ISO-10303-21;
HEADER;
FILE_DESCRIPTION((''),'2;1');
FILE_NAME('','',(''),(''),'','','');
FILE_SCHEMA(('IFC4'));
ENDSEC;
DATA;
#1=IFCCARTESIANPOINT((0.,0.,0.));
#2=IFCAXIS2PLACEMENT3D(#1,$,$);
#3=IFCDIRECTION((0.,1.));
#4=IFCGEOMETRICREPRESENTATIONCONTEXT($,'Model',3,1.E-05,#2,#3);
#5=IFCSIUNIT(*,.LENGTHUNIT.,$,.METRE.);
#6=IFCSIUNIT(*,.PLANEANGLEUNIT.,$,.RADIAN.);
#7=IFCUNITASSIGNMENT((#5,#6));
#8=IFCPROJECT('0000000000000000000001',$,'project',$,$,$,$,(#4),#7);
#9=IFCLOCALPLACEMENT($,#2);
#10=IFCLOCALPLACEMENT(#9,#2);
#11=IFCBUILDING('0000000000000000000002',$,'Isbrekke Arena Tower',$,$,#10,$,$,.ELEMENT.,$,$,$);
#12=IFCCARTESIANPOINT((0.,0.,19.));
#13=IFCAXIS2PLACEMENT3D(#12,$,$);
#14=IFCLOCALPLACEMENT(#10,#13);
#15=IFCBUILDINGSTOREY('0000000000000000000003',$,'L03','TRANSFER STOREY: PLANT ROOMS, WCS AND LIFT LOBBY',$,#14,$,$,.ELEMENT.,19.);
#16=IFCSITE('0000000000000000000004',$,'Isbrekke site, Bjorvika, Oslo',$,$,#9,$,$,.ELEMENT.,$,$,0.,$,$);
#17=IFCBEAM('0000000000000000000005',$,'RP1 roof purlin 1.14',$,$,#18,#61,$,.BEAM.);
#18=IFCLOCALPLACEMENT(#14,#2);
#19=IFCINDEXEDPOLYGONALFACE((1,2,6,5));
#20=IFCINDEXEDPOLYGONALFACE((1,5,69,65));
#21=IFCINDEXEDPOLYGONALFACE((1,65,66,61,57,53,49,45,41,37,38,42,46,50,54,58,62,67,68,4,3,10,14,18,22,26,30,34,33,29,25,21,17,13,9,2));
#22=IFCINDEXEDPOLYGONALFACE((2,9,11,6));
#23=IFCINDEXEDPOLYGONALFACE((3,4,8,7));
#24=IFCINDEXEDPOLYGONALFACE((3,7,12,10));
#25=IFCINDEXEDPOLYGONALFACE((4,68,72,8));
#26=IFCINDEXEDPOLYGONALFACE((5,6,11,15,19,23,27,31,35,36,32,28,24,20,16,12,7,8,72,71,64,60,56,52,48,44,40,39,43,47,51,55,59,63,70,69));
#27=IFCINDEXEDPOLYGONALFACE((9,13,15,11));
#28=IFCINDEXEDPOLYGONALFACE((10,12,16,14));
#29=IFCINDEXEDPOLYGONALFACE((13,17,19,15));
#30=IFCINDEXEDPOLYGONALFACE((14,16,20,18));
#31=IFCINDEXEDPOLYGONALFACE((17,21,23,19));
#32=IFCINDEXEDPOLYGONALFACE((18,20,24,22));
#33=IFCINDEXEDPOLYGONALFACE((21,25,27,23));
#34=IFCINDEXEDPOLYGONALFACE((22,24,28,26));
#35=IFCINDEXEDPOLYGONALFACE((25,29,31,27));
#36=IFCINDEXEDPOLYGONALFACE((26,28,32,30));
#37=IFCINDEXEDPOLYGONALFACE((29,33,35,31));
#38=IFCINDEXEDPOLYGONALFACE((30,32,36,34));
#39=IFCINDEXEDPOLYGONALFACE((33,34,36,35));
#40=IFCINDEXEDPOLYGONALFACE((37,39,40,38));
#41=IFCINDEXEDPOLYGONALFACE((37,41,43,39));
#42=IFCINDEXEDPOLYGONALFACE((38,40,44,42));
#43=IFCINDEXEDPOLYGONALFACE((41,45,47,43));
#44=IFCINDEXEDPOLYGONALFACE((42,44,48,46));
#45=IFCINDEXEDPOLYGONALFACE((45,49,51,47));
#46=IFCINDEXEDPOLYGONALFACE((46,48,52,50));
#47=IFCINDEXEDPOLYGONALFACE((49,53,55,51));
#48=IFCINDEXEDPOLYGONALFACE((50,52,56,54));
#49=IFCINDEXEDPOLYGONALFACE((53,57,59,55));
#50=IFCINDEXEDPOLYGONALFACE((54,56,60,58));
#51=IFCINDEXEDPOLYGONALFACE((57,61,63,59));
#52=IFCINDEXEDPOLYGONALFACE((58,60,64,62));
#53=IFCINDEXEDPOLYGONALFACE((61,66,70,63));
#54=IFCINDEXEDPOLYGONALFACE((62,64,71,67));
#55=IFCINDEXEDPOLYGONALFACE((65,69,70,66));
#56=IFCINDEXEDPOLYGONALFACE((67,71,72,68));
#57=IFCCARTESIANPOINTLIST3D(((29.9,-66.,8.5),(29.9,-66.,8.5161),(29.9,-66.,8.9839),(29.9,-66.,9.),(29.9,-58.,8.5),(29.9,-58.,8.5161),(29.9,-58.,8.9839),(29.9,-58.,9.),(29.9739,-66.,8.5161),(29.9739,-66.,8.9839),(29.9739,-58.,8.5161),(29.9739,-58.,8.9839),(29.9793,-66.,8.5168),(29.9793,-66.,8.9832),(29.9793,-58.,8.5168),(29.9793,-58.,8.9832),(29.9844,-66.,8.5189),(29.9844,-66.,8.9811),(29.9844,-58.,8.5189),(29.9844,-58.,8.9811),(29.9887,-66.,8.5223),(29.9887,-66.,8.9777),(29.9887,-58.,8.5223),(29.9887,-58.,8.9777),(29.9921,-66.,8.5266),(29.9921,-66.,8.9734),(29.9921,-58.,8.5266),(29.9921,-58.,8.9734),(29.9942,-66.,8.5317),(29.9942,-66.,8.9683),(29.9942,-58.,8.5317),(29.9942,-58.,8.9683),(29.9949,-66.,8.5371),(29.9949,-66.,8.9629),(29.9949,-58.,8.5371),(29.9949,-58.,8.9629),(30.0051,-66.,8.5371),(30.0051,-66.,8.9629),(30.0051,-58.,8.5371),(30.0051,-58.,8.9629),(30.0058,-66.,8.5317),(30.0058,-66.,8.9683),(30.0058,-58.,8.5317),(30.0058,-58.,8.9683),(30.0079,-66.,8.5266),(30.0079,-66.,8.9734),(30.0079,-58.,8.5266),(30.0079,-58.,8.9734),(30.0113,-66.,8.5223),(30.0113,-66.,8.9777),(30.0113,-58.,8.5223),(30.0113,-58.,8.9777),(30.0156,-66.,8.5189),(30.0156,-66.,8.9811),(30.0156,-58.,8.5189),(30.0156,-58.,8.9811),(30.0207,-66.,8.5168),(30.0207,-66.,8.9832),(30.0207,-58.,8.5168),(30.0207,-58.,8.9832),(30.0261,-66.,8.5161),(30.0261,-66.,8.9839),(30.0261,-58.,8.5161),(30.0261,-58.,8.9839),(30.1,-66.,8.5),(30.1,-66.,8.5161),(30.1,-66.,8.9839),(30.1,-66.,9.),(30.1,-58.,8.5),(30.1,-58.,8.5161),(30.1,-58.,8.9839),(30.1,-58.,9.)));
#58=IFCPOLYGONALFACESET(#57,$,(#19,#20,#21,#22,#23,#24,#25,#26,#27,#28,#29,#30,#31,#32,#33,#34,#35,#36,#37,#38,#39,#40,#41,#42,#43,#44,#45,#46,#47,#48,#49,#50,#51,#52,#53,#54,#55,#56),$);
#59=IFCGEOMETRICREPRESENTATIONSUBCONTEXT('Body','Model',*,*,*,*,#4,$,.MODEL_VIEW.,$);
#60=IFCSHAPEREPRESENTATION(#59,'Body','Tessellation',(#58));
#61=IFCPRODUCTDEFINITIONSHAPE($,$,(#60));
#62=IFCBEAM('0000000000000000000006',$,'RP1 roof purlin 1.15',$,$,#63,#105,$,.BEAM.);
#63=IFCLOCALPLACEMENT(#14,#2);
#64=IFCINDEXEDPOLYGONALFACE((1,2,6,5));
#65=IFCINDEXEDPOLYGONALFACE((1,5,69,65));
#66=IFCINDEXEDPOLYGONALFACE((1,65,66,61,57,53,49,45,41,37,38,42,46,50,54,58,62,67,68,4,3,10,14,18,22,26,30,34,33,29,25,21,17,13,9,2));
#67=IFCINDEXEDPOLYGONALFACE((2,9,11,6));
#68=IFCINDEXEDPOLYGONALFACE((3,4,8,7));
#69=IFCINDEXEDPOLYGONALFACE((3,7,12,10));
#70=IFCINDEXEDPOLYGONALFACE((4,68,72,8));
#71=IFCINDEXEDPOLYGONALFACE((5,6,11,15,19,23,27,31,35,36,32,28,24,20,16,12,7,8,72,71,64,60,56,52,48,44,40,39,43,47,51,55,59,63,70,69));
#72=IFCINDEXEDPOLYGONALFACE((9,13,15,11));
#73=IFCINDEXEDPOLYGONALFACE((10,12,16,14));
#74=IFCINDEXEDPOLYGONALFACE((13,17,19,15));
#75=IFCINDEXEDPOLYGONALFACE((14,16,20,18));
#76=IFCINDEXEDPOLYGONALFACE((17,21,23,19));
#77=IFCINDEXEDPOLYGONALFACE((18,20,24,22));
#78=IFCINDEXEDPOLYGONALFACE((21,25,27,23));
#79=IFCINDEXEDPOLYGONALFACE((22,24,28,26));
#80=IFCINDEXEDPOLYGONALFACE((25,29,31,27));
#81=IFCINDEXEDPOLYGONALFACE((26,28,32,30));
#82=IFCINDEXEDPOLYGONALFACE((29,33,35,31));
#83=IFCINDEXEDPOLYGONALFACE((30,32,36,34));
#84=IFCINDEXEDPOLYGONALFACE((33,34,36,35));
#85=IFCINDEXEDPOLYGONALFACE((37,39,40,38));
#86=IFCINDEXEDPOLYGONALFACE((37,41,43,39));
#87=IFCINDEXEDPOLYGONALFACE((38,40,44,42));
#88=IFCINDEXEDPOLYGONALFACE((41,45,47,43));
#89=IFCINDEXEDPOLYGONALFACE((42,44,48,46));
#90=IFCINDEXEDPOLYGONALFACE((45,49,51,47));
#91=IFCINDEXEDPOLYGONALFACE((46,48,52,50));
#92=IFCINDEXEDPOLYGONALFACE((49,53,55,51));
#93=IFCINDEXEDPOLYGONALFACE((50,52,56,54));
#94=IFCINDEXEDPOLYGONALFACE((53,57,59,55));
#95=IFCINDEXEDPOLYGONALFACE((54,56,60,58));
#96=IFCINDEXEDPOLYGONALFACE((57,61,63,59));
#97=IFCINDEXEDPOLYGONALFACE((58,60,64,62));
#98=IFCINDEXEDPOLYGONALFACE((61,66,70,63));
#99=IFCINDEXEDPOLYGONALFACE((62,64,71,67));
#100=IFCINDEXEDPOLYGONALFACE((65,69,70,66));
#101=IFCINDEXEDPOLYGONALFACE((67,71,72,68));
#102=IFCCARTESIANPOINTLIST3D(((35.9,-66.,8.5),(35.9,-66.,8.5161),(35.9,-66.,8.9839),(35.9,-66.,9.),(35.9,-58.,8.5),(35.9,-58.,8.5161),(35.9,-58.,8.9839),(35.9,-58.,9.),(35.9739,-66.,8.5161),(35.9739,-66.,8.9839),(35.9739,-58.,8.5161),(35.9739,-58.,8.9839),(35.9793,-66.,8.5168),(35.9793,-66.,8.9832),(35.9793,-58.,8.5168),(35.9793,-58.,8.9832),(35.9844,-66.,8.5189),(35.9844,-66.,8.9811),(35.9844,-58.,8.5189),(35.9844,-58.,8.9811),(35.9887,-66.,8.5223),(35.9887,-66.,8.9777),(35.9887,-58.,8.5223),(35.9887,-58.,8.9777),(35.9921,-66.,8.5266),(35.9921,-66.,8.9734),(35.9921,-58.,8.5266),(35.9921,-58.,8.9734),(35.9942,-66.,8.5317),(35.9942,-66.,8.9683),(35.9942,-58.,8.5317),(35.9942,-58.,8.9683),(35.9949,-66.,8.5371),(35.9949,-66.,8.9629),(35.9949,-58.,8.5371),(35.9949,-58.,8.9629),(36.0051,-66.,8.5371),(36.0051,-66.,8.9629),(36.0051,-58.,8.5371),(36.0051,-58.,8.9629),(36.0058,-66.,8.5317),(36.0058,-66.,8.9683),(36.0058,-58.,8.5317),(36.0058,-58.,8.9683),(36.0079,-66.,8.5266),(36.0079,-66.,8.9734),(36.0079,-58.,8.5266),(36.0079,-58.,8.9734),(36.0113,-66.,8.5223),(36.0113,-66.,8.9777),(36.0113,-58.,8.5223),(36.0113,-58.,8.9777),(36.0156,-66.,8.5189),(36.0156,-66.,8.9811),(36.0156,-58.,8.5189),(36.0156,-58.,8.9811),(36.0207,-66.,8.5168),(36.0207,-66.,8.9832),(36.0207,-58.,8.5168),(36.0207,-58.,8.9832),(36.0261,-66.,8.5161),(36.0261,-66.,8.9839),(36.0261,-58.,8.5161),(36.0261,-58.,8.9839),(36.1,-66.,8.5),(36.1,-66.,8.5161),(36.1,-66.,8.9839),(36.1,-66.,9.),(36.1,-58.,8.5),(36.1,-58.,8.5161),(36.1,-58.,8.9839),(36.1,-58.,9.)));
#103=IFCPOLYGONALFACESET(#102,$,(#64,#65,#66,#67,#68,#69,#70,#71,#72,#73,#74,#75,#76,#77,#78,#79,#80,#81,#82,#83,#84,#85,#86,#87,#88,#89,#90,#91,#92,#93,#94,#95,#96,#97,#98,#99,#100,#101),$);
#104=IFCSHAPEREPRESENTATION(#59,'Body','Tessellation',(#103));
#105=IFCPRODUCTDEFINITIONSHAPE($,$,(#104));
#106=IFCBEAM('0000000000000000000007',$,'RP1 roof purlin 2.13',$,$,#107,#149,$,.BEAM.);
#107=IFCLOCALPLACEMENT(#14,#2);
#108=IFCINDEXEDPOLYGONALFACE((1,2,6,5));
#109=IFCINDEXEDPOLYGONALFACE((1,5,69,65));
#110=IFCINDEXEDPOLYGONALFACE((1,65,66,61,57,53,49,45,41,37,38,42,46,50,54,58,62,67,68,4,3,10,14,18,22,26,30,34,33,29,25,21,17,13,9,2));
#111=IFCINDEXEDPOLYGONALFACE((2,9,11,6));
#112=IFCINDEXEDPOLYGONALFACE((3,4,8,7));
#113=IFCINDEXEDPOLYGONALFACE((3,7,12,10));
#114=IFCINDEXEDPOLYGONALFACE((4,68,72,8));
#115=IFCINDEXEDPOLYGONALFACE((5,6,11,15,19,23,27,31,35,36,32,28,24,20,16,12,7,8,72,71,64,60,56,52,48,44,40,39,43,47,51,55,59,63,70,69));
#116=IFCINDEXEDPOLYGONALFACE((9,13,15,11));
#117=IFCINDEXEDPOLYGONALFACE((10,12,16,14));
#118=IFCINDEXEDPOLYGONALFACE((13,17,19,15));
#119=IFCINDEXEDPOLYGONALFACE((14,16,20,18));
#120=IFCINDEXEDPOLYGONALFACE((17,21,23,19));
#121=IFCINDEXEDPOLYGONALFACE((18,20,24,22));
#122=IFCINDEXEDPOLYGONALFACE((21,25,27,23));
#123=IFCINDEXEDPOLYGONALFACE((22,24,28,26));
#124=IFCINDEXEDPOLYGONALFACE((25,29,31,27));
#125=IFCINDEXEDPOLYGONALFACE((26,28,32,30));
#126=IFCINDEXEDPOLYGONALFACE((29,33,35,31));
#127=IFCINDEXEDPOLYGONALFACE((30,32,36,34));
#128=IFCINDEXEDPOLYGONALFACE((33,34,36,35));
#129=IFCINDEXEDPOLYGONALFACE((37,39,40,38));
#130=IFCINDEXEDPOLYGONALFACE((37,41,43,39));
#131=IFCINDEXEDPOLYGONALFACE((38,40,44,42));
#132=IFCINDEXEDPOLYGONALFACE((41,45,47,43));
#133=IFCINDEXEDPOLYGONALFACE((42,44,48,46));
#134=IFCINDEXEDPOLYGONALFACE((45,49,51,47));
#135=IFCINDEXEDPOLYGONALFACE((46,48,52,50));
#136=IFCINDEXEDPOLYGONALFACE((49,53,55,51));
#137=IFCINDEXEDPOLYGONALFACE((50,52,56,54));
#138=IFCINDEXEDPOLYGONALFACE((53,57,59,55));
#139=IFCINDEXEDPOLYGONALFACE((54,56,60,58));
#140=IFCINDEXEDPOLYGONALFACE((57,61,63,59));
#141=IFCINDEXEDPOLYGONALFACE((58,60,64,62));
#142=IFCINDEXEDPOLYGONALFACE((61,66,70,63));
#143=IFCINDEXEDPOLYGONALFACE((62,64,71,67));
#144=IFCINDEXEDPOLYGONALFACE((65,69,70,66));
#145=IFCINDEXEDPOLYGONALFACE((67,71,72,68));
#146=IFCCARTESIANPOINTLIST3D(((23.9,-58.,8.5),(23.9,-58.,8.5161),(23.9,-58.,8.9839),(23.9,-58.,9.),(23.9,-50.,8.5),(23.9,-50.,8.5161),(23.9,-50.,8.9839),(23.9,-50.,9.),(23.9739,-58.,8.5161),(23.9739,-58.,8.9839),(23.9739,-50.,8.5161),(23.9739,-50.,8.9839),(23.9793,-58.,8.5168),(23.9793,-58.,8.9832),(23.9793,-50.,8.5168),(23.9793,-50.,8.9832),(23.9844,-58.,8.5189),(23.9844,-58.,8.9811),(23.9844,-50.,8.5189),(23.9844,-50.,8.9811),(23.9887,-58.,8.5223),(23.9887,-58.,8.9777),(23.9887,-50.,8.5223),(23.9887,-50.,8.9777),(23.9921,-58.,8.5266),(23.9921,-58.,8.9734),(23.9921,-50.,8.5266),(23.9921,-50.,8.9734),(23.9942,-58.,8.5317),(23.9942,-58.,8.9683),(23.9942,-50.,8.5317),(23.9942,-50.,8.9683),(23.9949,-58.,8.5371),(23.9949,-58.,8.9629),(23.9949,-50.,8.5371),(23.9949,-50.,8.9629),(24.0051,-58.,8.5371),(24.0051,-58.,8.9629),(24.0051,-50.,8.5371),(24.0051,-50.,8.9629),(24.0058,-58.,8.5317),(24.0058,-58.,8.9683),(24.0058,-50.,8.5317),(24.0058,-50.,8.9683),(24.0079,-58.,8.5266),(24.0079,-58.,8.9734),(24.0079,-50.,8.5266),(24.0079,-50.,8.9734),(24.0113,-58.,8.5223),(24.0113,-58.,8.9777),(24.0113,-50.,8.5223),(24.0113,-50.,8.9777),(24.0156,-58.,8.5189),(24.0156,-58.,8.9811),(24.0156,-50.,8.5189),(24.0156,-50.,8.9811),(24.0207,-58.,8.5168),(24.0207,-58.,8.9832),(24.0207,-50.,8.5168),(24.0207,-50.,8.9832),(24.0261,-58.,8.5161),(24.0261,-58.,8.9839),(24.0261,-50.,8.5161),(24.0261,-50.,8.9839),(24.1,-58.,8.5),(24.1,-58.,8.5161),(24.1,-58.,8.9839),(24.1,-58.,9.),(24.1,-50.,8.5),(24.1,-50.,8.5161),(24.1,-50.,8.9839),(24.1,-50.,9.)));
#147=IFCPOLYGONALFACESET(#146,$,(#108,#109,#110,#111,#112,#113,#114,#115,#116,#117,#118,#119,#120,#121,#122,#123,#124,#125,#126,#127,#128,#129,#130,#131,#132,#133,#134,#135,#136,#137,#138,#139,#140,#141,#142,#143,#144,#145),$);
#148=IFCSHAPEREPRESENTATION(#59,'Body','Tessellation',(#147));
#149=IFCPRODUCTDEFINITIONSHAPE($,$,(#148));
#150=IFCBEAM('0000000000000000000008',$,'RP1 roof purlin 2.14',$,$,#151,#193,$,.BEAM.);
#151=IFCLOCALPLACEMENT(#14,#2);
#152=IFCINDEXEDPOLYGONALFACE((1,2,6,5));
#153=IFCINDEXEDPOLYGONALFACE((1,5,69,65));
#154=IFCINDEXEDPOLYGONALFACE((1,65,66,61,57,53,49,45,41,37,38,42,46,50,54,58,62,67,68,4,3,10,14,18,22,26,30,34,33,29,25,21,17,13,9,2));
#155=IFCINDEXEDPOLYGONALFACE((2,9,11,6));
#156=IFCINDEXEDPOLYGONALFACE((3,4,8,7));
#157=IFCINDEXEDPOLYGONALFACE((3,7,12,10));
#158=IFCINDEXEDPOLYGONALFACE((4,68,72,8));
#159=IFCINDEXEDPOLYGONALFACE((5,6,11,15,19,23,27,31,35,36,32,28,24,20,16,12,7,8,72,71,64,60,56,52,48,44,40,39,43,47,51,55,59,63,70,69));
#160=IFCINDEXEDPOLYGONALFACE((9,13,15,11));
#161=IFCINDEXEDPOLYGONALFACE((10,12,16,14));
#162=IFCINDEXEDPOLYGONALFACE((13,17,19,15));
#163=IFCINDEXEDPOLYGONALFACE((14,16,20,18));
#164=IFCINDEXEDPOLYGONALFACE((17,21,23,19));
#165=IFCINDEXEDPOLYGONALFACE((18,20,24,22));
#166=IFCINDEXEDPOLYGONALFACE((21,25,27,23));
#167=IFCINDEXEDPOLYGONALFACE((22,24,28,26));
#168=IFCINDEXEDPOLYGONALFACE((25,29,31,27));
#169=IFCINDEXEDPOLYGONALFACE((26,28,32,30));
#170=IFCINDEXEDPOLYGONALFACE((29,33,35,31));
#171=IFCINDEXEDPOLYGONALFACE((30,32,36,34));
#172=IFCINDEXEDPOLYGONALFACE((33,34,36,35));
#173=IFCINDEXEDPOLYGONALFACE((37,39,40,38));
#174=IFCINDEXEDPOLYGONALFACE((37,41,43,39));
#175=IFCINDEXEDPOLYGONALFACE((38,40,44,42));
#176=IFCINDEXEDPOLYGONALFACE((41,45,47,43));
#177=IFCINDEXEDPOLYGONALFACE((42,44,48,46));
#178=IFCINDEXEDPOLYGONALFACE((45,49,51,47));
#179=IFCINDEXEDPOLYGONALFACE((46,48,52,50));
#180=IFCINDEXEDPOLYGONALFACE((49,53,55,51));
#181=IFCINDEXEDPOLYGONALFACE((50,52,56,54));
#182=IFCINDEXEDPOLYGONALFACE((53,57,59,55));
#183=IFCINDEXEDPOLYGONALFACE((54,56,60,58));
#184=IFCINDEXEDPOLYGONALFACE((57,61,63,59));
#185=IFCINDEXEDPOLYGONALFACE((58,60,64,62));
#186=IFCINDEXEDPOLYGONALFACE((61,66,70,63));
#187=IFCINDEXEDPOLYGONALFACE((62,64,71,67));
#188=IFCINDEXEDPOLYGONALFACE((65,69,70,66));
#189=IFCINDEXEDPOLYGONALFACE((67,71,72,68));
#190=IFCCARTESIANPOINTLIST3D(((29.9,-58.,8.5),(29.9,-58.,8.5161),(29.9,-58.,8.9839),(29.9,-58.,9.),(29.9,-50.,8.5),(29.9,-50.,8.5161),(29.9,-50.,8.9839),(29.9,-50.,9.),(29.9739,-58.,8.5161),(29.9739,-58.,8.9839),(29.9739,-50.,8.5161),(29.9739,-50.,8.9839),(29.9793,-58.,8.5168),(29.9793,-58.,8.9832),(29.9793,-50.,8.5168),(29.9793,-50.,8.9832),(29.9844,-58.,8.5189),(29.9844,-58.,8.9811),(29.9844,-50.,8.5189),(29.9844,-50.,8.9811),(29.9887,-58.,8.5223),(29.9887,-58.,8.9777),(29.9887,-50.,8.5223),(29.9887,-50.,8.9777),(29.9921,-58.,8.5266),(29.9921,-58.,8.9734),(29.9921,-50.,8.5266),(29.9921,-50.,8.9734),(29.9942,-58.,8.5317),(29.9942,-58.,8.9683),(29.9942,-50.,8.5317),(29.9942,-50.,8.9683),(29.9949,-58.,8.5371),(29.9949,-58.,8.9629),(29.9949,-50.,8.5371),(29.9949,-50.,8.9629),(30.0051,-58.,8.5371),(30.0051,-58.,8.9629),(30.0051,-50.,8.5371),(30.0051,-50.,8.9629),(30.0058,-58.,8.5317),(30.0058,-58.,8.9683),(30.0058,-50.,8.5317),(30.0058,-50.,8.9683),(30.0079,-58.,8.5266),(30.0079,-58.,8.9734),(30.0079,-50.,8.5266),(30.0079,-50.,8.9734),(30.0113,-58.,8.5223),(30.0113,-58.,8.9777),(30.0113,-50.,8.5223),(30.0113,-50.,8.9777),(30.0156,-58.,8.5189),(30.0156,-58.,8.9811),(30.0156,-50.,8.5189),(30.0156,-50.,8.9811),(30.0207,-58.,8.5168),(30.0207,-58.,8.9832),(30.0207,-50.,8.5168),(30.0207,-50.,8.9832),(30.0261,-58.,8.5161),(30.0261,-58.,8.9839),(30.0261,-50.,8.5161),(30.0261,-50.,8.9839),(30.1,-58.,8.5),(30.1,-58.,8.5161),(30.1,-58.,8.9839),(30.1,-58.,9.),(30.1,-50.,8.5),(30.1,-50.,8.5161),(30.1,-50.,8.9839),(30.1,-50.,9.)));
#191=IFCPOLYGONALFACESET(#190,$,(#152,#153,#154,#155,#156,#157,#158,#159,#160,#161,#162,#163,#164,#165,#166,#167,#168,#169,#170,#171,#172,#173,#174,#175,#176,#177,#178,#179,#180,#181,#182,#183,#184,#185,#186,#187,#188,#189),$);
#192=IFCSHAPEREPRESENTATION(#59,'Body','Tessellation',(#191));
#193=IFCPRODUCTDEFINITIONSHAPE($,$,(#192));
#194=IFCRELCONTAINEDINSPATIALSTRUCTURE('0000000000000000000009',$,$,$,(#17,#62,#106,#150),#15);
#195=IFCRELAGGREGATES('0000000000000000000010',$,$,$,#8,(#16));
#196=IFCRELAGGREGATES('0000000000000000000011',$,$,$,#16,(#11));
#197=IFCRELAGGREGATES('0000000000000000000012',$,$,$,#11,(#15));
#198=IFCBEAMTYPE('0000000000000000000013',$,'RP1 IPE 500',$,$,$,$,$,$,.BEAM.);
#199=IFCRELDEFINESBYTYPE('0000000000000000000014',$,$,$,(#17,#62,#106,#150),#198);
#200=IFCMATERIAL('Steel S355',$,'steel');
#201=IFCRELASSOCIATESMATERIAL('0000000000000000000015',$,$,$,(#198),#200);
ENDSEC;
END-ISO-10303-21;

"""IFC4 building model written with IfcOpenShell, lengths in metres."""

from ifc_helpers import new_model, si_unit, direction, frame, origin, origin_2d, place, context, subcontext, project, spatial, i_section, extrude, material, material_profile, profile_set, type_object, element, save


model = new_model("IFC4")

# Units and contexts
model_context = context("Model", 3, precision=1e-05, world=origin(), true_north=direction((0.0, 1.0)))
body_context = subcontext(model_context, "Body", "Model", "MODEL_VIEW")
ifc_project = project(units=[si_unit("LENGTHUNIT", "METRE"), si_unit("PLANEANGLEUNIT", "RADIAN")], contexts=[model_context])

# Site, building, storey
site_placement = place(None, origin())
site = spatial("IfcSite", under=ifc_project, at=site_placement, Name="Isbrekke site, Bjorvika, Oslo", CompositionType="ELEMENT", RefElevation=0.0)
building_placement = place(site_placement, origin())
building = spatial("IfcBuilding", under=site, at=building_placement, Name="Isbrekke Arena Tower", CompositionType="ELEMENT")
storey_placement = place(building_placement, frame((0.0, 0.0, 19.0)))
storey = spatial("IfcBuildingStorey", under=building, at=storey_placement, Name="L03", Description="TRANSFER STOREY: PLANT ROOMS, WCS AND LIFT LOBBY", CompositionType="ELEMENT", Elevation=19.0)

# Beams
ifc_material_1 = material(Name="Steel S355", Category="steel")
ifc_material_profile_1 = material_profile(ifc_material_1, i_section(OverallWidth=0.2, OverallDepth=0.5, WebThickness=0.0103, FlangeThickness=0.0161, FilletRadius=0.021, at=origin_2d()), Name="IPE 500")
ifc_profile_set_1 = profile_set([ifc_material_profile_1], Name="Steel S355")
beam_type = type_object("IfcBeamType", Name="RP1 IPE 500", PredefinedType="BEAM", material=ifc_profile_set_1)
for number, where, z_axis, x_axis, name in (
    (1, (30.0, -66.0, 8.75), (0.0, 1.0, 0.0), (-1.0, 0.0, 0.0), "RP1 roof purlin 1.14"),
    (2, (36.0, -66.0, 8.75), (0.0, 1.0, 0.0), (-1.0, 0.0, 0.0), "RP1 roof purlin 1.15"),
    (3, (24.0, -58.0, 8.75), (0.0, 1.0, 0.0), (-1.0, 0.0, 0.0), "RP1 roof purlin 2.13"),
    (4, (30.0, -58.0, 8.75), (0.0, 1.0, 0.0), (-1.0, 0.0, 0.0), "RP1 roof purlin 2.14"),
):
    element("IfcBeam", number, at=place(storey_placement, frame(where, z_axis=z_axis, x_axis=x_axis)), inside=storey, type_object=beam_type, Name=name, PredefinedType="BEAM", context=body_context, shape_type="SweptSolid", body=[
        extrude(i_section(OverallWidth=0.2, OverallDepth=0.5, WebThickness=0.0103, FlangeThickness=0.0161, FilletRadius=0.021, at=origin_2d()), origin(), (0.0, 0.0, 1.0), 8.0),
    ])

save(model, "model.ifc")
